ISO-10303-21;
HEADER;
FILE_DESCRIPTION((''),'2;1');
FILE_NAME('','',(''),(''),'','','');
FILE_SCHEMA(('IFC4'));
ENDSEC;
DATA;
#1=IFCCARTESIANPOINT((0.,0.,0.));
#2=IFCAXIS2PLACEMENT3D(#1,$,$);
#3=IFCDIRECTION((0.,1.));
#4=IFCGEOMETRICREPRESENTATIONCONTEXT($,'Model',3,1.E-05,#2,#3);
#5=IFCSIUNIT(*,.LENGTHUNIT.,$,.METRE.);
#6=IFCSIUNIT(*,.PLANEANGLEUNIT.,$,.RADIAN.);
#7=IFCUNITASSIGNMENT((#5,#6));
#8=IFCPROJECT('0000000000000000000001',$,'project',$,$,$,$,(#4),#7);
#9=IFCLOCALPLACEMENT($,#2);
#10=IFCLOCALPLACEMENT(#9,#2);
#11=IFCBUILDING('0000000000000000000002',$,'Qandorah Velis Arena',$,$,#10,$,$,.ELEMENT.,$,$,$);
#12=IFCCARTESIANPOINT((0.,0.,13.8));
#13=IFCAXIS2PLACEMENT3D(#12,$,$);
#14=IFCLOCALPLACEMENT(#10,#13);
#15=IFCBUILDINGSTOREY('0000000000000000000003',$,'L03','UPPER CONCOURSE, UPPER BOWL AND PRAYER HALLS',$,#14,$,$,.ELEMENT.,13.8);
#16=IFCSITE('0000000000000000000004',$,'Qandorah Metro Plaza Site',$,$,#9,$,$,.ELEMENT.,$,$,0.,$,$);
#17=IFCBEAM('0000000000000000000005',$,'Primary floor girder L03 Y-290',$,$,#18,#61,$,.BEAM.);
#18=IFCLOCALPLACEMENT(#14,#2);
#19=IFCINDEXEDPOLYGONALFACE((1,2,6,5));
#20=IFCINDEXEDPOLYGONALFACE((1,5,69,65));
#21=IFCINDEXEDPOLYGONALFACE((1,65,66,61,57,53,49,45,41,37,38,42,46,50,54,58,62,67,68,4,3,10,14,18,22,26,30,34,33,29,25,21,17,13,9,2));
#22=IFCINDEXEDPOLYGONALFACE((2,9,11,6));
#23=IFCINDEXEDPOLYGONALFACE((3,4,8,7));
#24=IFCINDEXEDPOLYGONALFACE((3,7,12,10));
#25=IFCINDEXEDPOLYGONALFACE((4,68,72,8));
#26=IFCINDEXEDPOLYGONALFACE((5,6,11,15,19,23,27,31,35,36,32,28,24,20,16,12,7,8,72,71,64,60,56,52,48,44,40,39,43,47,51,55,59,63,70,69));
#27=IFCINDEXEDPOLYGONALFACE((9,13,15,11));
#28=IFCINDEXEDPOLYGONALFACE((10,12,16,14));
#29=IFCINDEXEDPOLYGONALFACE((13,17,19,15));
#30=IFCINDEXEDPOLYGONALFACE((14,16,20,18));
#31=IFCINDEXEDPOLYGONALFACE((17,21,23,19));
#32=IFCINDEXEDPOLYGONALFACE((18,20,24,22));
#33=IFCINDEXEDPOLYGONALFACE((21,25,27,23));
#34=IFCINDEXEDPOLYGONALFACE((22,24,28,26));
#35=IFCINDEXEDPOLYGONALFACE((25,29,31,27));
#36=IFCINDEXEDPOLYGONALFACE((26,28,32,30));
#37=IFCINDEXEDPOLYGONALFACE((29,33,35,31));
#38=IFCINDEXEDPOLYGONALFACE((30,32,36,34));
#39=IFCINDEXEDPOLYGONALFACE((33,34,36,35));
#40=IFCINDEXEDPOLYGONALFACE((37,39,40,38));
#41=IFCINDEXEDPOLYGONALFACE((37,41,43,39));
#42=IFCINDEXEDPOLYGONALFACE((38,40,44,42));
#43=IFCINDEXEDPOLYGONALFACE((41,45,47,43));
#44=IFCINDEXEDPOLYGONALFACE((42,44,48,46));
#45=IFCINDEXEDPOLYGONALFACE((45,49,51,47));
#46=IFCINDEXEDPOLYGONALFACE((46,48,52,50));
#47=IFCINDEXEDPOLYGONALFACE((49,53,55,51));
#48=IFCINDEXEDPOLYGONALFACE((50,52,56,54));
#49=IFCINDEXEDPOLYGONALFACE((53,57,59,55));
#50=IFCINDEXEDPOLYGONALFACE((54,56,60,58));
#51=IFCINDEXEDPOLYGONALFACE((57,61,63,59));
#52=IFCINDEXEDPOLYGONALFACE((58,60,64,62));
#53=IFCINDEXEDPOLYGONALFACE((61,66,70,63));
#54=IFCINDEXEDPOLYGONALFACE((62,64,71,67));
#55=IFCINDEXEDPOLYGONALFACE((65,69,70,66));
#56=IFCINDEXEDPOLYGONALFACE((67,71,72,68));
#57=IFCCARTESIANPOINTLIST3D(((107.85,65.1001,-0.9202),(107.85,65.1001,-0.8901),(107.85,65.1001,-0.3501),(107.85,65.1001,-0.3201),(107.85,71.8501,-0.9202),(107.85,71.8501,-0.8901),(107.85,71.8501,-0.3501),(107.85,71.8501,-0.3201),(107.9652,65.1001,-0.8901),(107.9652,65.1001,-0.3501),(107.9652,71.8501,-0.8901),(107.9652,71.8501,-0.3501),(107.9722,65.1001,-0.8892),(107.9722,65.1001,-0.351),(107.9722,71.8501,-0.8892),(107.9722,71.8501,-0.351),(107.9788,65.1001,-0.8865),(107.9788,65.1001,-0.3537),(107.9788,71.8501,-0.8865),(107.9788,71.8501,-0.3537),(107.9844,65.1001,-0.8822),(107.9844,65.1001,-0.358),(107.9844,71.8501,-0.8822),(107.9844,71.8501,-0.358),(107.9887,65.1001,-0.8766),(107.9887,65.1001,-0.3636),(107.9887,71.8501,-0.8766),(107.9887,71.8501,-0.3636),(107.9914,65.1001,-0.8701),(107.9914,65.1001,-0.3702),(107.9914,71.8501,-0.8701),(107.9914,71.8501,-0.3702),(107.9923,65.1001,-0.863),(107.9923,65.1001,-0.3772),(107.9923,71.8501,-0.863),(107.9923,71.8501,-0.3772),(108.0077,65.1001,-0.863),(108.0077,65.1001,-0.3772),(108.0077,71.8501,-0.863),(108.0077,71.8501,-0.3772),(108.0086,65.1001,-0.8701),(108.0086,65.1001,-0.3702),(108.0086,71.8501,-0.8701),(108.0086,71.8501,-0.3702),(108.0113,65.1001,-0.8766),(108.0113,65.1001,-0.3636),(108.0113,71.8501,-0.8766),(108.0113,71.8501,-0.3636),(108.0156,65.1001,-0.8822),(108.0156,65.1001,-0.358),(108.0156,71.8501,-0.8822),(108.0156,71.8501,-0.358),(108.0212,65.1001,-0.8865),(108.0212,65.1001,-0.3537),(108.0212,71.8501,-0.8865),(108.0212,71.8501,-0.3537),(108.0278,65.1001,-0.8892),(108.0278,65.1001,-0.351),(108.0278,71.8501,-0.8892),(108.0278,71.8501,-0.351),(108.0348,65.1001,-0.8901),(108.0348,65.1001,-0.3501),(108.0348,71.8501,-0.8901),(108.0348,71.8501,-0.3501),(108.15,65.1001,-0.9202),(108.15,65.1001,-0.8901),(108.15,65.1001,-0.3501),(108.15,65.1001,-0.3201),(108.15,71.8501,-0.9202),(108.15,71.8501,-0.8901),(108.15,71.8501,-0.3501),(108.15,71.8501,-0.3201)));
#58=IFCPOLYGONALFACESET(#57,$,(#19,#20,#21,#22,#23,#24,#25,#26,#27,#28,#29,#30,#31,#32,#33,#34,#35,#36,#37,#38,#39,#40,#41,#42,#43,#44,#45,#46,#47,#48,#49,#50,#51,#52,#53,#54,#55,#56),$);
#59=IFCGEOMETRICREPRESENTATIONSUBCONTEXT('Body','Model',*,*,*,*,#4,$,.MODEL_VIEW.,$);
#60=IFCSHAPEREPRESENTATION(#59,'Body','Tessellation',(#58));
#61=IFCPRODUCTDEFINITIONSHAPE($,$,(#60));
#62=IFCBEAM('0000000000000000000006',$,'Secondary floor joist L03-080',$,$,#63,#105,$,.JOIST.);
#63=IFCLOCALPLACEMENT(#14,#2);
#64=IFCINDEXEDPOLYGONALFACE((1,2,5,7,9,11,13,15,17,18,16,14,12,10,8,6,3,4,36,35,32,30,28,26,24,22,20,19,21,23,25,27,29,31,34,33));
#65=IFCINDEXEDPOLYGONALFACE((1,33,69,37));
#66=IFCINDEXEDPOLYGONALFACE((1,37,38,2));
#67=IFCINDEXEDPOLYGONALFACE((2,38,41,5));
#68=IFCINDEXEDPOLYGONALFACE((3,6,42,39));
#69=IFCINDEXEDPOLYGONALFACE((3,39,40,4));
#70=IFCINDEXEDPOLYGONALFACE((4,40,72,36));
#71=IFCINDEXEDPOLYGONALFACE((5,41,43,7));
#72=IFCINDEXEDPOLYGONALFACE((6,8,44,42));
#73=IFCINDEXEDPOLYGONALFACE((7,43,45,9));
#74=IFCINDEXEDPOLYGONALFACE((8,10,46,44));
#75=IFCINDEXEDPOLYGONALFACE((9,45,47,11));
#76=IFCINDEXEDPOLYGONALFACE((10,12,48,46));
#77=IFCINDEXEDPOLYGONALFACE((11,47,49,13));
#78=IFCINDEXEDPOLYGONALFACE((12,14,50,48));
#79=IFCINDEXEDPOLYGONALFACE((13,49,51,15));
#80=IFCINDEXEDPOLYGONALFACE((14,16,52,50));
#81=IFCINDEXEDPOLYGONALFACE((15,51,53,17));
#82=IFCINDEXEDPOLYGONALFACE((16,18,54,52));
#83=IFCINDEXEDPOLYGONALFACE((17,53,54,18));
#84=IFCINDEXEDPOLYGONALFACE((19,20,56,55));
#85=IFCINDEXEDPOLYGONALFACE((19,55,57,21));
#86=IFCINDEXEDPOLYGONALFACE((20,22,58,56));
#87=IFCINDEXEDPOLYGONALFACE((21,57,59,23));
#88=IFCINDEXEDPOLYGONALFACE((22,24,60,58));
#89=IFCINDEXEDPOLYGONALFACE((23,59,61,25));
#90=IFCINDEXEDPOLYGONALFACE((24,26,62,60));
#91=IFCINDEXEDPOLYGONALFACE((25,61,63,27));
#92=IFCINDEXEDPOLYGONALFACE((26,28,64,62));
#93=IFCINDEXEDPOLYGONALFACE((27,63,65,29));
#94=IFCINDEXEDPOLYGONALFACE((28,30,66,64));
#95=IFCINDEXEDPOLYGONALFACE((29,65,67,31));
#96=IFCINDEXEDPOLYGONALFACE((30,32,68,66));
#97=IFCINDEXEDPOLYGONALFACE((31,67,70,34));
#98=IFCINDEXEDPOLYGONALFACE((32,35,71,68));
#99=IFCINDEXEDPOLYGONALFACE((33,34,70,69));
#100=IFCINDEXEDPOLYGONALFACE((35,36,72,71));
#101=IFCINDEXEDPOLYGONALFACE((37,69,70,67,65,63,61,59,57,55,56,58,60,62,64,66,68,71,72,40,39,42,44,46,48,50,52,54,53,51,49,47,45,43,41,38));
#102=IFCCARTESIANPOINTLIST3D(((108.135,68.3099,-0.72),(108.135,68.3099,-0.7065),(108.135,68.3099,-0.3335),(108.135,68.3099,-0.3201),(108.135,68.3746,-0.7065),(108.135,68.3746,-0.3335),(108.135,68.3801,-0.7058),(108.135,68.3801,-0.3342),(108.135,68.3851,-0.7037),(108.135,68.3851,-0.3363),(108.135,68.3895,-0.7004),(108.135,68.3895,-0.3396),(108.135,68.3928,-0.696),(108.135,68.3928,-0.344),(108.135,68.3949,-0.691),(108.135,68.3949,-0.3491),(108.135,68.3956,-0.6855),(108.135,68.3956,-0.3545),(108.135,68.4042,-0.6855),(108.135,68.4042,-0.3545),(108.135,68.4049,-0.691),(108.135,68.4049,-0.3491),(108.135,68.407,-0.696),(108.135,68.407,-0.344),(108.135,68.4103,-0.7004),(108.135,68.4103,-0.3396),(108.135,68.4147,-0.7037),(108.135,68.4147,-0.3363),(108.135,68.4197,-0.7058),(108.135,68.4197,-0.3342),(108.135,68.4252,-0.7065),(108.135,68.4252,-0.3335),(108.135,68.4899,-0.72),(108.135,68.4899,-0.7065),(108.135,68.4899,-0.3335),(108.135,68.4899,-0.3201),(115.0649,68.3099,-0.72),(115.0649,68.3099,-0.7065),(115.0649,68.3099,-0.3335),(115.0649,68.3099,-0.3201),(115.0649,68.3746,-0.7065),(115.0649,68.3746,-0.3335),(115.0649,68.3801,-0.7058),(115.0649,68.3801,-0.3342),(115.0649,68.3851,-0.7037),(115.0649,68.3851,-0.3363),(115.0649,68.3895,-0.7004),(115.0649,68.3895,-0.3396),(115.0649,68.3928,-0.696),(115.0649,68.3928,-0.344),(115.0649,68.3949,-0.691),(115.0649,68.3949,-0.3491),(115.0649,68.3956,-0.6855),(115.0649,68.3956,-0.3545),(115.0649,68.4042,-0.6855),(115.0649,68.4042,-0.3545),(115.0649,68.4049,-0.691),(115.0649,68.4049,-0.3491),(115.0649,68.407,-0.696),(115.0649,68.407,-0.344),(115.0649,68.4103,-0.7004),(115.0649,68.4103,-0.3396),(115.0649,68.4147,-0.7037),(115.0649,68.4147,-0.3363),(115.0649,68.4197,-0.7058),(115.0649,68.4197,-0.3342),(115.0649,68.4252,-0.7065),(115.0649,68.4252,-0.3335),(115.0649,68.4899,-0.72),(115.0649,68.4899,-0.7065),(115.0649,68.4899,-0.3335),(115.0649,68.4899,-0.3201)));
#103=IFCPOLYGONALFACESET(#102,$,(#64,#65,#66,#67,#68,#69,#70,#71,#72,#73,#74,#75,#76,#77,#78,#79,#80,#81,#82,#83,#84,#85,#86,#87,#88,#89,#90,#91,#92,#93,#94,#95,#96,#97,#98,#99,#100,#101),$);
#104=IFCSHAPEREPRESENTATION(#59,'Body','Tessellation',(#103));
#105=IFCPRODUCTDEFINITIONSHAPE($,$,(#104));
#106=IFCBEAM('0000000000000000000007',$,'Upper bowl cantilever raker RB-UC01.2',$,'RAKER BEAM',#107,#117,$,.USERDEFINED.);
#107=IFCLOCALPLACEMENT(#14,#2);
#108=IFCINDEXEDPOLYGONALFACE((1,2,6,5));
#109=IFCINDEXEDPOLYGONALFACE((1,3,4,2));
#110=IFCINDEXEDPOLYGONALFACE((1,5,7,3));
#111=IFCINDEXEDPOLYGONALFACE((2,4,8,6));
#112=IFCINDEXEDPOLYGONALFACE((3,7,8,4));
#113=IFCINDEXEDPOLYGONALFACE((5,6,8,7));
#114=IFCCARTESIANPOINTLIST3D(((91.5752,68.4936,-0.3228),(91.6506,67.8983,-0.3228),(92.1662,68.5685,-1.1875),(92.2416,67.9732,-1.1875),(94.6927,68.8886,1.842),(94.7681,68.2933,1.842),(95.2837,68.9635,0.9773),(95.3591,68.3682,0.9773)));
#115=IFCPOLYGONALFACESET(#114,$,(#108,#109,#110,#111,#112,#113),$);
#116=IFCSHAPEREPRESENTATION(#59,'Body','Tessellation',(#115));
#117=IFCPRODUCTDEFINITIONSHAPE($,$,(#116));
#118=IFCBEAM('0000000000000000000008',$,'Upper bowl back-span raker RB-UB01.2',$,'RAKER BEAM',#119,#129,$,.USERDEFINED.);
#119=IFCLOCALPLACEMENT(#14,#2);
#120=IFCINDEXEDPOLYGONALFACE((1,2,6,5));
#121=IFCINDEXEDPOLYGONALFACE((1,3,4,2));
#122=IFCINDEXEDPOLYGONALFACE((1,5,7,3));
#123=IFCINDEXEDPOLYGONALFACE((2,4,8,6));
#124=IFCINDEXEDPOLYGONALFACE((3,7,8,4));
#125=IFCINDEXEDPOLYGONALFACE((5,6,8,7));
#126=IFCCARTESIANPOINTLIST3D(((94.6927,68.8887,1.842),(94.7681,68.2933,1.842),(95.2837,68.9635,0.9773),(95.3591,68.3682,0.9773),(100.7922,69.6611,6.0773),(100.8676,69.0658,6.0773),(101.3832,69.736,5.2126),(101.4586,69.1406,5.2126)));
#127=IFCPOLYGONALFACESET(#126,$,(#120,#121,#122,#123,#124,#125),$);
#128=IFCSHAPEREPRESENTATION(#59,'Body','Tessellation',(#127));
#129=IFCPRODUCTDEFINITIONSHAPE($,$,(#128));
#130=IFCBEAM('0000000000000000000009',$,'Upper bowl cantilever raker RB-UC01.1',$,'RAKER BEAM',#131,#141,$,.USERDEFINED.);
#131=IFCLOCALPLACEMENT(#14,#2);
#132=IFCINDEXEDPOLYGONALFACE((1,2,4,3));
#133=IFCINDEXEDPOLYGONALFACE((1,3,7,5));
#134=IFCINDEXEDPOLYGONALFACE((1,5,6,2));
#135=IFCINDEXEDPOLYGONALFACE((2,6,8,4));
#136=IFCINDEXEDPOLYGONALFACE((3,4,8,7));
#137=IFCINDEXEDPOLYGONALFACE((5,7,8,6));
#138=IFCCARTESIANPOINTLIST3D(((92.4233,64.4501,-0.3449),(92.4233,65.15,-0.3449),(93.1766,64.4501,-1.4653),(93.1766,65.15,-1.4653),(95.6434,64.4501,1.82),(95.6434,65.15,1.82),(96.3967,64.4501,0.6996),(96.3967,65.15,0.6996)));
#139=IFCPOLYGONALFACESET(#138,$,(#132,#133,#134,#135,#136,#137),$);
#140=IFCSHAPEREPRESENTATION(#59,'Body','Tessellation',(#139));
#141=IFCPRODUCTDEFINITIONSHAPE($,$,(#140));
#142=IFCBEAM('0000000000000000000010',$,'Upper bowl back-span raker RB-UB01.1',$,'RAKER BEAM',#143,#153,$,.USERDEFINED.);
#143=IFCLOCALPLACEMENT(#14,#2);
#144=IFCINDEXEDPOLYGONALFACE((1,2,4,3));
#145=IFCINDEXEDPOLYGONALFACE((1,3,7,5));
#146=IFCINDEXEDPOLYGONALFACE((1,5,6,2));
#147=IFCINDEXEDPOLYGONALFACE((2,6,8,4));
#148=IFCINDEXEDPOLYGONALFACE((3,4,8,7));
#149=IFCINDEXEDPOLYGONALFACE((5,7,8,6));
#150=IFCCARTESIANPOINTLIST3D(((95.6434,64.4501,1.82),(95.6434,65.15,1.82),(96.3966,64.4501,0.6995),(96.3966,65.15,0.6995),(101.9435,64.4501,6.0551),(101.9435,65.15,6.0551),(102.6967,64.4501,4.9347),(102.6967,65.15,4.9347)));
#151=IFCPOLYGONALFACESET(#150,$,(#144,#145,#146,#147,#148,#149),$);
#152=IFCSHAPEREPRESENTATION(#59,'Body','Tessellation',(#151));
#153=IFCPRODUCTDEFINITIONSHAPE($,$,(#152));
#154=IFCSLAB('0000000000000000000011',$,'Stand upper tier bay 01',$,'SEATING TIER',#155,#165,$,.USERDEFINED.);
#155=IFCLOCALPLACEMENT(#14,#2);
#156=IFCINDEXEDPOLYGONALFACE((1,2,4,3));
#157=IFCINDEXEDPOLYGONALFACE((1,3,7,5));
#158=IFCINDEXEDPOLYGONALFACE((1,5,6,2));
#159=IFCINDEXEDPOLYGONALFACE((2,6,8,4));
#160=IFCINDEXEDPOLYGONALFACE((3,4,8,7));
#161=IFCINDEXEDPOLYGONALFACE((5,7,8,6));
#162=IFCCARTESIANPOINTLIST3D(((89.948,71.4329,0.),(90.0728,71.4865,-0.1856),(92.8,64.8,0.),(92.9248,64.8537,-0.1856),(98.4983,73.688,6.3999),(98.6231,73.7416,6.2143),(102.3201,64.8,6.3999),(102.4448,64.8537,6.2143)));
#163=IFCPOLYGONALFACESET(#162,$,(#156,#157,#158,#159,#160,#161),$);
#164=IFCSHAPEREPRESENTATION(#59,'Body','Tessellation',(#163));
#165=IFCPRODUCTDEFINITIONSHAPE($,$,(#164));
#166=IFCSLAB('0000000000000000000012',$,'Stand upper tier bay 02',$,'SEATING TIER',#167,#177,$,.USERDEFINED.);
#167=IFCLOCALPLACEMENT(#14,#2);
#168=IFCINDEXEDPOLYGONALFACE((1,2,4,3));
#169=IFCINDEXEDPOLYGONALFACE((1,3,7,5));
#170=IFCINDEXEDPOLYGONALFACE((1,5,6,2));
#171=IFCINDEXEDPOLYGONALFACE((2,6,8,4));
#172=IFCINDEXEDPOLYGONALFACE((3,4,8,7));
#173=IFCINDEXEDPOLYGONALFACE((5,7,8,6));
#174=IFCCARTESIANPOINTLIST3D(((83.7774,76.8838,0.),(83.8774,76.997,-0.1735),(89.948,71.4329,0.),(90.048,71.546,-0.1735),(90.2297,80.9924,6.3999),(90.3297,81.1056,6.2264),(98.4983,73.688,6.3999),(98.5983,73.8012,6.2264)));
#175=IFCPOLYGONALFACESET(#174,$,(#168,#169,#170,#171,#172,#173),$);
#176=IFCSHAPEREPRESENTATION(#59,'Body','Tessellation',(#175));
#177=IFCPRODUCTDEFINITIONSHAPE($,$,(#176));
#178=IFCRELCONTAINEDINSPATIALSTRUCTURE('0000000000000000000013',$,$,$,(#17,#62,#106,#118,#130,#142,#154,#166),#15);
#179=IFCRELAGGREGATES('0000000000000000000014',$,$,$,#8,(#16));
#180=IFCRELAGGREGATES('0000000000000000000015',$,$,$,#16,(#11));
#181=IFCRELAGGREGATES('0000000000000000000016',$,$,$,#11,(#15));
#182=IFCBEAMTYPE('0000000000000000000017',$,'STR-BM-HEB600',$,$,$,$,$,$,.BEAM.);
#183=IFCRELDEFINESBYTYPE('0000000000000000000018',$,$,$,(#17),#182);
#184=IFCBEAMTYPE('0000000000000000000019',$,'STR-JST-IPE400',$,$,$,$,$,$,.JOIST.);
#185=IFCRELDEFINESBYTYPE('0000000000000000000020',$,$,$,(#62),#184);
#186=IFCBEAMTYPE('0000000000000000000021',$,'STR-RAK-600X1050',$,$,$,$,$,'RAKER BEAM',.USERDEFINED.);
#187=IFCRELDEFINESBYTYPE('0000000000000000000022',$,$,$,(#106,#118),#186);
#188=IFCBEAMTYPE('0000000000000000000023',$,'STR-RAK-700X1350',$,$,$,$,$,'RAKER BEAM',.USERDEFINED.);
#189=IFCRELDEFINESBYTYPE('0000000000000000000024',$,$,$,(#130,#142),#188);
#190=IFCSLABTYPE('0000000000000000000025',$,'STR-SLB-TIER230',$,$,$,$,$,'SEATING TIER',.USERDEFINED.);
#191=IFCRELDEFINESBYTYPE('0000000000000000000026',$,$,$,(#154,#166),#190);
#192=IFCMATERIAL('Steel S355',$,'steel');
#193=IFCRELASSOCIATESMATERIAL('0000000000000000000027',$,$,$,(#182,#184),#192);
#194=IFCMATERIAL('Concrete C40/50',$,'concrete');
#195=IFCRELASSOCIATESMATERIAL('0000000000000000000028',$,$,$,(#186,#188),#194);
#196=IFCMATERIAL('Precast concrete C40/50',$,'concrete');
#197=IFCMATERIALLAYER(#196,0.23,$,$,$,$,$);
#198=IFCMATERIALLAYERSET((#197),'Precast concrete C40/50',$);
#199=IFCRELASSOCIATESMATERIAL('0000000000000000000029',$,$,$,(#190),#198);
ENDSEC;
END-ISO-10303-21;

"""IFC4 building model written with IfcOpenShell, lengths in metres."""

from ifc_helpers import new_model, si_unit, direction, frame, origin, origin_2d, place, context, subcontext, project, spatial, polyline, rectangle, i_section, outline, extrude, material, layer, layer_set, material_profile, profile_set, type_object, element, save


model = new_model("IFC4")

# Units and contexts
model_context = context("Model", 3, precision=1e-05, world=origin(), true_north=direction((0.0, 1.0)))
body_context = subcontext(model_context, "Body", "Model", "MODEL_VIEW")
ifc_project = project(units=[si_unit("LENGTHUNIT", "METRE"), si_unit("PLANEANGLEUNIT", "RADIAN")], contexts=[model_context])

# Site, building, storey
site_placement = place(None, origin())
site = spatial("IfcSite", under=ifc_project, at=site_placement, Name="Qandorah Metro Plaza Site", CompositionType="ELEMENT", RefElevation=0.0)
building_placement = place(site_placement, origin())
building = spatial("IfcBuilding", under=site, at=building_placement, Name="Qandorah Velis Arena", CompositionType="ELEMENT")
storey_placement = place(building_placement, frame((0.0, 0.0, 13.8)))
storey = spatial("IfcBuildingStorey", under=building, at=storey_placement, Name="L03", Description="UPPER CONCOURSE, UPPER BOWL AND PRAYER HALLS", CompositionType="ELEMENT", Elevation=13.8)

# Shared definitions
ifc_material_1 = material(Name="Concrete C40/50", Category="concrete")

# Beams
ifc_material_2 = material(Name="Steel S355", Category="steel")
ifc_material_profile_1 = material_profile(ifc_material_2, i_section(OverallWidth=0.3, OverallDepth=0.6001, WebThickness=0.0154, FlangeThickness=0.03, FilletRadius=0.0271, at=origin_2d()), Name="HEB 600")
ifc_profile_set_1 = profile_set([ifc_material_profile_1], Name="Steel S355")
beam_type_1 = type_object("IfcBeamType", Name="STR-BM-HEB600", PredefinedType="BEAM", material=ifc_profile_set_1)
beam_1_placement = place(storey_placement, frame((108.0, 65.1001, -0.6201), z_axis=(0.0, 1.0, 0.0), x_axis=(-1.0, 0.0, 0.0)))
element("IfcBeam", 1, at=beam_1_placement, inside=storey, type_object=beam_type_1, Name="Primary floor girder L03 Y-290", PredefinedType="BEAM", context=body_context, shape_type="SweptSolid", body=[
    extrude(i_section(OverallWidth=0.3, OverallDepth=0.6001, WebThickness=0.0154, FlangeThickness=0.03, FilletRadius=0.0271, at=origin_2d()), origin(), (0.0, 0.0, 1.0), 6.75),
])
ifc_material_profile_2 = material_profile(ifc_material_2, i_section(OverallWidth=0.1799, OverallDepth=0.3999, WebThickness=0.0085, FlangeThickness=0.0134, FilletRadius=0.021, at=origin_2d()), Name="IPE 400")
ifc_profile_set_2 = profile_set([ifc_material_profile_2], Name="Steel S355")
beam_type_2 = type_object("IfcBeamType", Name="STR-JST-IPE400", PredefinedType="JOIST", material=ifc_profile_set_2)
beam_2_placement = place(storey_placement, frame((108.135, 68.3999, -0.52), z_axis=(1.0, 0.0, 0.0), x_axis=(0.0, 1.0, 0.0)))
element("IfcBeam", 2, at=beam_2_placement, inside=storey, type_object=beam_type_2, Name="Secondary floor joist L03-080", PredefinedType="JOIST", context=body_context, shape_type="SweptSolid", body=[
    extrude(i_section(OverallWidth=0.1799, OverallDepth=0.3999, WebThickness=0.0085, FlangeThickness=0.0134, FilletRadius=0.021, at=origin_2d()), origin(), (0.0, 0.0, 1.0), 6.9299),
])
ifc_material_profile_3 = material_profile(ifc_material_1, rectangle(XDim=0.6001, YDim=1.05, at=origin_2d()), Name="RC RAKER 600x1050")
ifc_profile_set_3 = profile_set([ifc_material_profile_3], Name="Concrete C40/50")
beam_type_3 = type_object("IfcBeamType", Name="STR-RAK-600X1050", ElementType="RAKER BEAM", PredefinedType="USERDEFINED", material=ifc_profile_set_3)
beam_3_placement = place(storey_placement, frame((95.0259, 68.6284, 1.4097), z_axis=(-0.816968, -0.103521, -0.567316), x_axis=(0.125708, -0.992067, 0.0)))
element("IfcBeam", 3, at=beam_3_placement, inside=storey, type_object=beam_type_3, Name="Upper bowl cantilever raker RB-UC01.2", ObjectType="RAKER BEAM", PredefinedType="USERDEFINED", context=body_context, shape_type="SweptSolid", body=[
    extrude(rectangle(XDim=0.6001, YDim=1.05, at=origin_2d()), origin(), (0.0, 0.0, 1.0), 3.8159),
])
beam_4_placement = place(storey_placement, frame((95.0259, 68.6284, 1.4097), z_axis=(0.816992, 0.103465, 0.56729), x_axis=(-0.125638, 0.992076, 0.0)))
element("IfcBeam", 4, at=beam_4_placement, inside=storey, type_object=beam_type_3, Name="Upper bowl back-span raker RB-UB01.2", ObjectType="RAKER BEAM", PredefinedType="USERDEFINED", context=body_context, shape_type="SweptSolid", body=[
    extrude(rectangle(XDim=0.6001, YDim=1.05, at=origin_2d()), origin(), (0.0, 0.0, 1.0), 7.4658),
])
ifc_material_profile_4 = material_profile(ifc_material_1, rectangle(XDim=0.7, YDim=1.3501, at=origin_2d()), Name="RC RAKER 700x1350")
ifc_profile_set_4 = profile_set([ifc_material_profile_4], Name="Concrete C40/50")
beam_type_4 = type_object("IfcBeamType", Name="STR-RAK-700X1350", ElementType="RAKER BEAM", PredefinedType="USERDEFINED", material=ifc_profile_set_4)
beam_5_placement = place(storey_placement, frame((96.02, 64.8, 1.2598), z_axis=(-0.829885, 0.0, -0.557934), x_axis=(0.0, -1.0, 0.0)))
element("IfcBeam", 5, at=beam_5_placement, inside=storey, type_object=beam_type_4, Name="Upper bowl cantilever raker RB-UC01.1", ObjectType="RAKER BEAM", PredefinedType="USERDEFINED", context=body_context, shape_type="SweptSolid", body=[
    extrude(rectangle(XDim=0.7, YDim=1.3501, at=origin_2d()), origin(), (0.0, 0.0, 1.0), 3.8801),
])
beam_6_placement = place(storey_placement, frame((96.02, 64.8, 1.2598), z_axis=(0.829912, 0.0, 0.557895), x_axis=(0.0, 1.0, 0.0)))
element("IfcBeam", 6, at=beam_6_placement, inside=storey, type_object=beam_type_4, Name="Upper bowl back-span raker RB-UB01.1", ObjectType="RAKER BEAM", PredefinedType="USERDEFINED", context=body_context, shape_type="SweptSolid", body=[
    extrude(rectangle(XDim=0.7, YDim=1.3501, at=origin_2d()), origin(), (0.0, 0.0, 1.0), 7.5913),
])

# Slabs
ifc_material_3 = material(Name="Precast concrete C40/50", Category="concrete")
ifc_layer_1 = layer(ifc_material_3, 0.23)
ifc_layer_set_1 = layer_set([ifc_layer_1], Name="Precast concrete C40/50")
slab_type = type_object("IfcSlabType", Name="STR-SLB-TIER230", ElementType="SEATING TIER", PredefinedType="USERDEFINED", material=ifc_layer_set_1)
slab_1_placement = place(storey_placement, frame((92.8, 64.8, 0.0), z_axis=(-0.542516, -0.233279, 0.807005), x_axis=(-0.395022, 0.918672, 0.000001)))
element("IfcSlab", 7, at=slab_1_placement, inside=storey, type_object=slab_type, Name="Stand upper tier bay 01", ObjectType="SEATING TIER", PredefinedType="USERDEFINED", context=body_context, shape_type="SweptSolid", body=[
    extrude(outline(polyline([(0.0, 0.0), (7.22, 0.0), (5.9142, -10.8373), (-3.7606, -10.8373), (0.0, 0.0)])), origin(), (0.0, 0.0, -1.0), 0.23),
])
slab_2_placement = place(storey_placement, frame((89.948, 71.4329, 0.0), z_axis=(-0.434726, -0.492115, 0.754212), x_axis=(-0.749459, 0.662051, -0.000006)))
element("IfcSlab", 8, at=slab_2_placement, inside=storey, type_object=slab_type, Name="Stand upper tier bay 02", ObjectType="SEATING TIER", PredefinedType="USERDEFINED", context=body_context, shape_type="SweptSolid", body=[
    extrude(outline(polyline([(0.0, 0.0), (8.2334, 0.0), (6.1177, -9.7466), (-4.9151, -9.7465), (0.0, 0.0)])), origin(), (0.0, 0.0, -1.0), 0.23),
])

save(model, "model.ifc")
